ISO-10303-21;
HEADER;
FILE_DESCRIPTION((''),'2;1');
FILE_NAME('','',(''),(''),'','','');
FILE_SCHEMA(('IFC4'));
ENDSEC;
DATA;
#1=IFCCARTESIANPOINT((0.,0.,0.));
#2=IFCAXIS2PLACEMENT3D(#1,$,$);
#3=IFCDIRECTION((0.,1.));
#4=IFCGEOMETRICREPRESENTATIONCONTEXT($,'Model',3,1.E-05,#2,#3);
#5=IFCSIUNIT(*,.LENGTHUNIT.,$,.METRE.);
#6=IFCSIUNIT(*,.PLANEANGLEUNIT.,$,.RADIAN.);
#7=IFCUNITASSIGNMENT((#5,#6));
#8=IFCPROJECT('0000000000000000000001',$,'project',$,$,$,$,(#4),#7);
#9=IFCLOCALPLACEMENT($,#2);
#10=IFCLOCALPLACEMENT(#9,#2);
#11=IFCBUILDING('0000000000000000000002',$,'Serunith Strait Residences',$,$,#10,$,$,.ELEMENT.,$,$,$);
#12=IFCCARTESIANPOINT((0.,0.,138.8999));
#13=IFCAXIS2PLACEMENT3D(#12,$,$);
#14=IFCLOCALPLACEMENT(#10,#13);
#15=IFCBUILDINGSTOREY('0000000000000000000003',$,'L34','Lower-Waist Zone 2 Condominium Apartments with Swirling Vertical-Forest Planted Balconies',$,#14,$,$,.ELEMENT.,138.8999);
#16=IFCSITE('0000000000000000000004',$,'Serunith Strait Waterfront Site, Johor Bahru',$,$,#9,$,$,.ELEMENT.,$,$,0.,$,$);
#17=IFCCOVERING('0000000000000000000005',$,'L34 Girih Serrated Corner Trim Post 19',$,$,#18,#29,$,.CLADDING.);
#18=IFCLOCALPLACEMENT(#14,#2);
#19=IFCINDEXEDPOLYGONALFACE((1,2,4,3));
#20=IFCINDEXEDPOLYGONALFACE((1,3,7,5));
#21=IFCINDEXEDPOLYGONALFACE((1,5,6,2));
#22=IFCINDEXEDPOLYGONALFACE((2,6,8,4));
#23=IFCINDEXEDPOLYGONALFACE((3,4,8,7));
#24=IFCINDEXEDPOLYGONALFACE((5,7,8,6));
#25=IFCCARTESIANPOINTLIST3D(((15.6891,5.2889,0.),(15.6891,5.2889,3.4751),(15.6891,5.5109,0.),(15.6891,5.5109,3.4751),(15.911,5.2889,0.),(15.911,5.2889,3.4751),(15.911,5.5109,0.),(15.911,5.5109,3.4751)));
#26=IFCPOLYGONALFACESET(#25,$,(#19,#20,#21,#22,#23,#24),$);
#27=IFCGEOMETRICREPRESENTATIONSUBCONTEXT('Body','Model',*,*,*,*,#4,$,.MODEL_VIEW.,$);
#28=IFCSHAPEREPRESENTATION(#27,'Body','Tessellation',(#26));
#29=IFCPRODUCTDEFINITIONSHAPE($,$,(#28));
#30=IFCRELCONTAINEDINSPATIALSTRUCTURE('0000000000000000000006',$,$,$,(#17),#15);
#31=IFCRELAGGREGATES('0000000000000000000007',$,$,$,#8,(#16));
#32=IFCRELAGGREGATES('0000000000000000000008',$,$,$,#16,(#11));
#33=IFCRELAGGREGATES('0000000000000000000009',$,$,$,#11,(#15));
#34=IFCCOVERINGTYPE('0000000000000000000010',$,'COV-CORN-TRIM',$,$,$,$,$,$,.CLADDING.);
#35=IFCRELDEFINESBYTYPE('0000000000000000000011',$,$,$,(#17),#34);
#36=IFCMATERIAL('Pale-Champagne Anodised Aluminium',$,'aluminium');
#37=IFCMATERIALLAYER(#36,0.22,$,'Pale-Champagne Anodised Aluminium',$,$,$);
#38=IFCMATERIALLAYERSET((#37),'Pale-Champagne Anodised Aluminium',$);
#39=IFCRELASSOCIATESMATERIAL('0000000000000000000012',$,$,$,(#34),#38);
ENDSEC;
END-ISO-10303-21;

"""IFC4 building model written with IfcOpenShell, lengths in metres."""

from ifc_helpers import new_model, si_unit, direction, frame, origin, origin_2d, place, context, subcontext, project, spatial, rectangle, extrude, source, transform, mapped, material, layer, layer_set, type_object, element, save


model = new_model("IFC4")

# Units and contexts
model_context = context("Model", 3, precision=1e-05, world=origin(), true_north=direction((0.0, 1.0)))
body_context = subcontext(model_context, "Body", "Model", "MODEL_VIEW")
ifc_project = project(units=[si_unit("LENGTHUNIT", "METRE"), si_unit("PLANEANGLEUNIT", "RADIAN")], contexts=[model_context])

# Site, building, storey
site_placement = place(None, origin())
site = spatial("IfcSite", under=ifc_project, at=site_placement, Name="Serunith Strait Waterfront Site, Johor Bahru", CompositionType="ELEMENT", RefElevation=0.0)
building_placement = place(site_placement, origin())
building = spatial("IfcBuilding", under=site, at=building_placement, Name="Serunith Strait Residences", CompositionType="ELEMENT")
storey_placement = place(building_placement, frame((0.0, 0.0, 138.8999)))
storey = spatial("IfcBuildingStorey", under=building, at=storey_placement, Name="L34", Description="Lower-Waist Zone 2 Condominium Apartments with Swirling Vertical-Forest Planted Balconies", CompositionType="ELEMENT", Elevation=138.8999)

# Shared definitions
ifc_material_1 = material(Name="Pale-Champagne Anodised Aluminium", Category="aluminium")

# Covering
ifc_layer_1 = layer(ifc_material_1, 0.22, Name="Pale-Champagne Anodised Aluminium")
ifc_layer_set_1 = layer_set([ifc_layer_1], Name="Pale-Champagne Anodised Aluminium")
covering_type_1 = type_object("IfcCoveringType", Name="COV-CORN-TRIM", PredefinedType="CLADDING", material=ifc_layer_set_1)
shared_shape_1 = source(origin(), body_context, "Body", "SweptSolid", [
    extrude(rectangle(XDim=0.2219, YDim=0.2219, at=origin_2d()), origin(), (0.0, 0.0, 1.0), 3.4751),
])
for number, where, z_axis, x_axis, name in (
    (1, (15.8, 5.3999, 0.0), (0.0, 0.0, 1.0), (1.0, 0.0, 0.0), "L34 Girih Serrated Corner Trim Post 19"),
):
    element("IfcCovering", number, at=place(storey_placement, frame(where, z_axis=z_axis, x_axis=x_axis)), inside=storey, type_object=covering_type_1, Name=name, PredefinedType="CLADDING", context=body_context, shape_type="MappedRepresentation", body=[
        mapped(shared_shape_1, transform((0.0, 0.0, 0.0), scale=1.0)),
    ])

save(model, "model.ifc")
